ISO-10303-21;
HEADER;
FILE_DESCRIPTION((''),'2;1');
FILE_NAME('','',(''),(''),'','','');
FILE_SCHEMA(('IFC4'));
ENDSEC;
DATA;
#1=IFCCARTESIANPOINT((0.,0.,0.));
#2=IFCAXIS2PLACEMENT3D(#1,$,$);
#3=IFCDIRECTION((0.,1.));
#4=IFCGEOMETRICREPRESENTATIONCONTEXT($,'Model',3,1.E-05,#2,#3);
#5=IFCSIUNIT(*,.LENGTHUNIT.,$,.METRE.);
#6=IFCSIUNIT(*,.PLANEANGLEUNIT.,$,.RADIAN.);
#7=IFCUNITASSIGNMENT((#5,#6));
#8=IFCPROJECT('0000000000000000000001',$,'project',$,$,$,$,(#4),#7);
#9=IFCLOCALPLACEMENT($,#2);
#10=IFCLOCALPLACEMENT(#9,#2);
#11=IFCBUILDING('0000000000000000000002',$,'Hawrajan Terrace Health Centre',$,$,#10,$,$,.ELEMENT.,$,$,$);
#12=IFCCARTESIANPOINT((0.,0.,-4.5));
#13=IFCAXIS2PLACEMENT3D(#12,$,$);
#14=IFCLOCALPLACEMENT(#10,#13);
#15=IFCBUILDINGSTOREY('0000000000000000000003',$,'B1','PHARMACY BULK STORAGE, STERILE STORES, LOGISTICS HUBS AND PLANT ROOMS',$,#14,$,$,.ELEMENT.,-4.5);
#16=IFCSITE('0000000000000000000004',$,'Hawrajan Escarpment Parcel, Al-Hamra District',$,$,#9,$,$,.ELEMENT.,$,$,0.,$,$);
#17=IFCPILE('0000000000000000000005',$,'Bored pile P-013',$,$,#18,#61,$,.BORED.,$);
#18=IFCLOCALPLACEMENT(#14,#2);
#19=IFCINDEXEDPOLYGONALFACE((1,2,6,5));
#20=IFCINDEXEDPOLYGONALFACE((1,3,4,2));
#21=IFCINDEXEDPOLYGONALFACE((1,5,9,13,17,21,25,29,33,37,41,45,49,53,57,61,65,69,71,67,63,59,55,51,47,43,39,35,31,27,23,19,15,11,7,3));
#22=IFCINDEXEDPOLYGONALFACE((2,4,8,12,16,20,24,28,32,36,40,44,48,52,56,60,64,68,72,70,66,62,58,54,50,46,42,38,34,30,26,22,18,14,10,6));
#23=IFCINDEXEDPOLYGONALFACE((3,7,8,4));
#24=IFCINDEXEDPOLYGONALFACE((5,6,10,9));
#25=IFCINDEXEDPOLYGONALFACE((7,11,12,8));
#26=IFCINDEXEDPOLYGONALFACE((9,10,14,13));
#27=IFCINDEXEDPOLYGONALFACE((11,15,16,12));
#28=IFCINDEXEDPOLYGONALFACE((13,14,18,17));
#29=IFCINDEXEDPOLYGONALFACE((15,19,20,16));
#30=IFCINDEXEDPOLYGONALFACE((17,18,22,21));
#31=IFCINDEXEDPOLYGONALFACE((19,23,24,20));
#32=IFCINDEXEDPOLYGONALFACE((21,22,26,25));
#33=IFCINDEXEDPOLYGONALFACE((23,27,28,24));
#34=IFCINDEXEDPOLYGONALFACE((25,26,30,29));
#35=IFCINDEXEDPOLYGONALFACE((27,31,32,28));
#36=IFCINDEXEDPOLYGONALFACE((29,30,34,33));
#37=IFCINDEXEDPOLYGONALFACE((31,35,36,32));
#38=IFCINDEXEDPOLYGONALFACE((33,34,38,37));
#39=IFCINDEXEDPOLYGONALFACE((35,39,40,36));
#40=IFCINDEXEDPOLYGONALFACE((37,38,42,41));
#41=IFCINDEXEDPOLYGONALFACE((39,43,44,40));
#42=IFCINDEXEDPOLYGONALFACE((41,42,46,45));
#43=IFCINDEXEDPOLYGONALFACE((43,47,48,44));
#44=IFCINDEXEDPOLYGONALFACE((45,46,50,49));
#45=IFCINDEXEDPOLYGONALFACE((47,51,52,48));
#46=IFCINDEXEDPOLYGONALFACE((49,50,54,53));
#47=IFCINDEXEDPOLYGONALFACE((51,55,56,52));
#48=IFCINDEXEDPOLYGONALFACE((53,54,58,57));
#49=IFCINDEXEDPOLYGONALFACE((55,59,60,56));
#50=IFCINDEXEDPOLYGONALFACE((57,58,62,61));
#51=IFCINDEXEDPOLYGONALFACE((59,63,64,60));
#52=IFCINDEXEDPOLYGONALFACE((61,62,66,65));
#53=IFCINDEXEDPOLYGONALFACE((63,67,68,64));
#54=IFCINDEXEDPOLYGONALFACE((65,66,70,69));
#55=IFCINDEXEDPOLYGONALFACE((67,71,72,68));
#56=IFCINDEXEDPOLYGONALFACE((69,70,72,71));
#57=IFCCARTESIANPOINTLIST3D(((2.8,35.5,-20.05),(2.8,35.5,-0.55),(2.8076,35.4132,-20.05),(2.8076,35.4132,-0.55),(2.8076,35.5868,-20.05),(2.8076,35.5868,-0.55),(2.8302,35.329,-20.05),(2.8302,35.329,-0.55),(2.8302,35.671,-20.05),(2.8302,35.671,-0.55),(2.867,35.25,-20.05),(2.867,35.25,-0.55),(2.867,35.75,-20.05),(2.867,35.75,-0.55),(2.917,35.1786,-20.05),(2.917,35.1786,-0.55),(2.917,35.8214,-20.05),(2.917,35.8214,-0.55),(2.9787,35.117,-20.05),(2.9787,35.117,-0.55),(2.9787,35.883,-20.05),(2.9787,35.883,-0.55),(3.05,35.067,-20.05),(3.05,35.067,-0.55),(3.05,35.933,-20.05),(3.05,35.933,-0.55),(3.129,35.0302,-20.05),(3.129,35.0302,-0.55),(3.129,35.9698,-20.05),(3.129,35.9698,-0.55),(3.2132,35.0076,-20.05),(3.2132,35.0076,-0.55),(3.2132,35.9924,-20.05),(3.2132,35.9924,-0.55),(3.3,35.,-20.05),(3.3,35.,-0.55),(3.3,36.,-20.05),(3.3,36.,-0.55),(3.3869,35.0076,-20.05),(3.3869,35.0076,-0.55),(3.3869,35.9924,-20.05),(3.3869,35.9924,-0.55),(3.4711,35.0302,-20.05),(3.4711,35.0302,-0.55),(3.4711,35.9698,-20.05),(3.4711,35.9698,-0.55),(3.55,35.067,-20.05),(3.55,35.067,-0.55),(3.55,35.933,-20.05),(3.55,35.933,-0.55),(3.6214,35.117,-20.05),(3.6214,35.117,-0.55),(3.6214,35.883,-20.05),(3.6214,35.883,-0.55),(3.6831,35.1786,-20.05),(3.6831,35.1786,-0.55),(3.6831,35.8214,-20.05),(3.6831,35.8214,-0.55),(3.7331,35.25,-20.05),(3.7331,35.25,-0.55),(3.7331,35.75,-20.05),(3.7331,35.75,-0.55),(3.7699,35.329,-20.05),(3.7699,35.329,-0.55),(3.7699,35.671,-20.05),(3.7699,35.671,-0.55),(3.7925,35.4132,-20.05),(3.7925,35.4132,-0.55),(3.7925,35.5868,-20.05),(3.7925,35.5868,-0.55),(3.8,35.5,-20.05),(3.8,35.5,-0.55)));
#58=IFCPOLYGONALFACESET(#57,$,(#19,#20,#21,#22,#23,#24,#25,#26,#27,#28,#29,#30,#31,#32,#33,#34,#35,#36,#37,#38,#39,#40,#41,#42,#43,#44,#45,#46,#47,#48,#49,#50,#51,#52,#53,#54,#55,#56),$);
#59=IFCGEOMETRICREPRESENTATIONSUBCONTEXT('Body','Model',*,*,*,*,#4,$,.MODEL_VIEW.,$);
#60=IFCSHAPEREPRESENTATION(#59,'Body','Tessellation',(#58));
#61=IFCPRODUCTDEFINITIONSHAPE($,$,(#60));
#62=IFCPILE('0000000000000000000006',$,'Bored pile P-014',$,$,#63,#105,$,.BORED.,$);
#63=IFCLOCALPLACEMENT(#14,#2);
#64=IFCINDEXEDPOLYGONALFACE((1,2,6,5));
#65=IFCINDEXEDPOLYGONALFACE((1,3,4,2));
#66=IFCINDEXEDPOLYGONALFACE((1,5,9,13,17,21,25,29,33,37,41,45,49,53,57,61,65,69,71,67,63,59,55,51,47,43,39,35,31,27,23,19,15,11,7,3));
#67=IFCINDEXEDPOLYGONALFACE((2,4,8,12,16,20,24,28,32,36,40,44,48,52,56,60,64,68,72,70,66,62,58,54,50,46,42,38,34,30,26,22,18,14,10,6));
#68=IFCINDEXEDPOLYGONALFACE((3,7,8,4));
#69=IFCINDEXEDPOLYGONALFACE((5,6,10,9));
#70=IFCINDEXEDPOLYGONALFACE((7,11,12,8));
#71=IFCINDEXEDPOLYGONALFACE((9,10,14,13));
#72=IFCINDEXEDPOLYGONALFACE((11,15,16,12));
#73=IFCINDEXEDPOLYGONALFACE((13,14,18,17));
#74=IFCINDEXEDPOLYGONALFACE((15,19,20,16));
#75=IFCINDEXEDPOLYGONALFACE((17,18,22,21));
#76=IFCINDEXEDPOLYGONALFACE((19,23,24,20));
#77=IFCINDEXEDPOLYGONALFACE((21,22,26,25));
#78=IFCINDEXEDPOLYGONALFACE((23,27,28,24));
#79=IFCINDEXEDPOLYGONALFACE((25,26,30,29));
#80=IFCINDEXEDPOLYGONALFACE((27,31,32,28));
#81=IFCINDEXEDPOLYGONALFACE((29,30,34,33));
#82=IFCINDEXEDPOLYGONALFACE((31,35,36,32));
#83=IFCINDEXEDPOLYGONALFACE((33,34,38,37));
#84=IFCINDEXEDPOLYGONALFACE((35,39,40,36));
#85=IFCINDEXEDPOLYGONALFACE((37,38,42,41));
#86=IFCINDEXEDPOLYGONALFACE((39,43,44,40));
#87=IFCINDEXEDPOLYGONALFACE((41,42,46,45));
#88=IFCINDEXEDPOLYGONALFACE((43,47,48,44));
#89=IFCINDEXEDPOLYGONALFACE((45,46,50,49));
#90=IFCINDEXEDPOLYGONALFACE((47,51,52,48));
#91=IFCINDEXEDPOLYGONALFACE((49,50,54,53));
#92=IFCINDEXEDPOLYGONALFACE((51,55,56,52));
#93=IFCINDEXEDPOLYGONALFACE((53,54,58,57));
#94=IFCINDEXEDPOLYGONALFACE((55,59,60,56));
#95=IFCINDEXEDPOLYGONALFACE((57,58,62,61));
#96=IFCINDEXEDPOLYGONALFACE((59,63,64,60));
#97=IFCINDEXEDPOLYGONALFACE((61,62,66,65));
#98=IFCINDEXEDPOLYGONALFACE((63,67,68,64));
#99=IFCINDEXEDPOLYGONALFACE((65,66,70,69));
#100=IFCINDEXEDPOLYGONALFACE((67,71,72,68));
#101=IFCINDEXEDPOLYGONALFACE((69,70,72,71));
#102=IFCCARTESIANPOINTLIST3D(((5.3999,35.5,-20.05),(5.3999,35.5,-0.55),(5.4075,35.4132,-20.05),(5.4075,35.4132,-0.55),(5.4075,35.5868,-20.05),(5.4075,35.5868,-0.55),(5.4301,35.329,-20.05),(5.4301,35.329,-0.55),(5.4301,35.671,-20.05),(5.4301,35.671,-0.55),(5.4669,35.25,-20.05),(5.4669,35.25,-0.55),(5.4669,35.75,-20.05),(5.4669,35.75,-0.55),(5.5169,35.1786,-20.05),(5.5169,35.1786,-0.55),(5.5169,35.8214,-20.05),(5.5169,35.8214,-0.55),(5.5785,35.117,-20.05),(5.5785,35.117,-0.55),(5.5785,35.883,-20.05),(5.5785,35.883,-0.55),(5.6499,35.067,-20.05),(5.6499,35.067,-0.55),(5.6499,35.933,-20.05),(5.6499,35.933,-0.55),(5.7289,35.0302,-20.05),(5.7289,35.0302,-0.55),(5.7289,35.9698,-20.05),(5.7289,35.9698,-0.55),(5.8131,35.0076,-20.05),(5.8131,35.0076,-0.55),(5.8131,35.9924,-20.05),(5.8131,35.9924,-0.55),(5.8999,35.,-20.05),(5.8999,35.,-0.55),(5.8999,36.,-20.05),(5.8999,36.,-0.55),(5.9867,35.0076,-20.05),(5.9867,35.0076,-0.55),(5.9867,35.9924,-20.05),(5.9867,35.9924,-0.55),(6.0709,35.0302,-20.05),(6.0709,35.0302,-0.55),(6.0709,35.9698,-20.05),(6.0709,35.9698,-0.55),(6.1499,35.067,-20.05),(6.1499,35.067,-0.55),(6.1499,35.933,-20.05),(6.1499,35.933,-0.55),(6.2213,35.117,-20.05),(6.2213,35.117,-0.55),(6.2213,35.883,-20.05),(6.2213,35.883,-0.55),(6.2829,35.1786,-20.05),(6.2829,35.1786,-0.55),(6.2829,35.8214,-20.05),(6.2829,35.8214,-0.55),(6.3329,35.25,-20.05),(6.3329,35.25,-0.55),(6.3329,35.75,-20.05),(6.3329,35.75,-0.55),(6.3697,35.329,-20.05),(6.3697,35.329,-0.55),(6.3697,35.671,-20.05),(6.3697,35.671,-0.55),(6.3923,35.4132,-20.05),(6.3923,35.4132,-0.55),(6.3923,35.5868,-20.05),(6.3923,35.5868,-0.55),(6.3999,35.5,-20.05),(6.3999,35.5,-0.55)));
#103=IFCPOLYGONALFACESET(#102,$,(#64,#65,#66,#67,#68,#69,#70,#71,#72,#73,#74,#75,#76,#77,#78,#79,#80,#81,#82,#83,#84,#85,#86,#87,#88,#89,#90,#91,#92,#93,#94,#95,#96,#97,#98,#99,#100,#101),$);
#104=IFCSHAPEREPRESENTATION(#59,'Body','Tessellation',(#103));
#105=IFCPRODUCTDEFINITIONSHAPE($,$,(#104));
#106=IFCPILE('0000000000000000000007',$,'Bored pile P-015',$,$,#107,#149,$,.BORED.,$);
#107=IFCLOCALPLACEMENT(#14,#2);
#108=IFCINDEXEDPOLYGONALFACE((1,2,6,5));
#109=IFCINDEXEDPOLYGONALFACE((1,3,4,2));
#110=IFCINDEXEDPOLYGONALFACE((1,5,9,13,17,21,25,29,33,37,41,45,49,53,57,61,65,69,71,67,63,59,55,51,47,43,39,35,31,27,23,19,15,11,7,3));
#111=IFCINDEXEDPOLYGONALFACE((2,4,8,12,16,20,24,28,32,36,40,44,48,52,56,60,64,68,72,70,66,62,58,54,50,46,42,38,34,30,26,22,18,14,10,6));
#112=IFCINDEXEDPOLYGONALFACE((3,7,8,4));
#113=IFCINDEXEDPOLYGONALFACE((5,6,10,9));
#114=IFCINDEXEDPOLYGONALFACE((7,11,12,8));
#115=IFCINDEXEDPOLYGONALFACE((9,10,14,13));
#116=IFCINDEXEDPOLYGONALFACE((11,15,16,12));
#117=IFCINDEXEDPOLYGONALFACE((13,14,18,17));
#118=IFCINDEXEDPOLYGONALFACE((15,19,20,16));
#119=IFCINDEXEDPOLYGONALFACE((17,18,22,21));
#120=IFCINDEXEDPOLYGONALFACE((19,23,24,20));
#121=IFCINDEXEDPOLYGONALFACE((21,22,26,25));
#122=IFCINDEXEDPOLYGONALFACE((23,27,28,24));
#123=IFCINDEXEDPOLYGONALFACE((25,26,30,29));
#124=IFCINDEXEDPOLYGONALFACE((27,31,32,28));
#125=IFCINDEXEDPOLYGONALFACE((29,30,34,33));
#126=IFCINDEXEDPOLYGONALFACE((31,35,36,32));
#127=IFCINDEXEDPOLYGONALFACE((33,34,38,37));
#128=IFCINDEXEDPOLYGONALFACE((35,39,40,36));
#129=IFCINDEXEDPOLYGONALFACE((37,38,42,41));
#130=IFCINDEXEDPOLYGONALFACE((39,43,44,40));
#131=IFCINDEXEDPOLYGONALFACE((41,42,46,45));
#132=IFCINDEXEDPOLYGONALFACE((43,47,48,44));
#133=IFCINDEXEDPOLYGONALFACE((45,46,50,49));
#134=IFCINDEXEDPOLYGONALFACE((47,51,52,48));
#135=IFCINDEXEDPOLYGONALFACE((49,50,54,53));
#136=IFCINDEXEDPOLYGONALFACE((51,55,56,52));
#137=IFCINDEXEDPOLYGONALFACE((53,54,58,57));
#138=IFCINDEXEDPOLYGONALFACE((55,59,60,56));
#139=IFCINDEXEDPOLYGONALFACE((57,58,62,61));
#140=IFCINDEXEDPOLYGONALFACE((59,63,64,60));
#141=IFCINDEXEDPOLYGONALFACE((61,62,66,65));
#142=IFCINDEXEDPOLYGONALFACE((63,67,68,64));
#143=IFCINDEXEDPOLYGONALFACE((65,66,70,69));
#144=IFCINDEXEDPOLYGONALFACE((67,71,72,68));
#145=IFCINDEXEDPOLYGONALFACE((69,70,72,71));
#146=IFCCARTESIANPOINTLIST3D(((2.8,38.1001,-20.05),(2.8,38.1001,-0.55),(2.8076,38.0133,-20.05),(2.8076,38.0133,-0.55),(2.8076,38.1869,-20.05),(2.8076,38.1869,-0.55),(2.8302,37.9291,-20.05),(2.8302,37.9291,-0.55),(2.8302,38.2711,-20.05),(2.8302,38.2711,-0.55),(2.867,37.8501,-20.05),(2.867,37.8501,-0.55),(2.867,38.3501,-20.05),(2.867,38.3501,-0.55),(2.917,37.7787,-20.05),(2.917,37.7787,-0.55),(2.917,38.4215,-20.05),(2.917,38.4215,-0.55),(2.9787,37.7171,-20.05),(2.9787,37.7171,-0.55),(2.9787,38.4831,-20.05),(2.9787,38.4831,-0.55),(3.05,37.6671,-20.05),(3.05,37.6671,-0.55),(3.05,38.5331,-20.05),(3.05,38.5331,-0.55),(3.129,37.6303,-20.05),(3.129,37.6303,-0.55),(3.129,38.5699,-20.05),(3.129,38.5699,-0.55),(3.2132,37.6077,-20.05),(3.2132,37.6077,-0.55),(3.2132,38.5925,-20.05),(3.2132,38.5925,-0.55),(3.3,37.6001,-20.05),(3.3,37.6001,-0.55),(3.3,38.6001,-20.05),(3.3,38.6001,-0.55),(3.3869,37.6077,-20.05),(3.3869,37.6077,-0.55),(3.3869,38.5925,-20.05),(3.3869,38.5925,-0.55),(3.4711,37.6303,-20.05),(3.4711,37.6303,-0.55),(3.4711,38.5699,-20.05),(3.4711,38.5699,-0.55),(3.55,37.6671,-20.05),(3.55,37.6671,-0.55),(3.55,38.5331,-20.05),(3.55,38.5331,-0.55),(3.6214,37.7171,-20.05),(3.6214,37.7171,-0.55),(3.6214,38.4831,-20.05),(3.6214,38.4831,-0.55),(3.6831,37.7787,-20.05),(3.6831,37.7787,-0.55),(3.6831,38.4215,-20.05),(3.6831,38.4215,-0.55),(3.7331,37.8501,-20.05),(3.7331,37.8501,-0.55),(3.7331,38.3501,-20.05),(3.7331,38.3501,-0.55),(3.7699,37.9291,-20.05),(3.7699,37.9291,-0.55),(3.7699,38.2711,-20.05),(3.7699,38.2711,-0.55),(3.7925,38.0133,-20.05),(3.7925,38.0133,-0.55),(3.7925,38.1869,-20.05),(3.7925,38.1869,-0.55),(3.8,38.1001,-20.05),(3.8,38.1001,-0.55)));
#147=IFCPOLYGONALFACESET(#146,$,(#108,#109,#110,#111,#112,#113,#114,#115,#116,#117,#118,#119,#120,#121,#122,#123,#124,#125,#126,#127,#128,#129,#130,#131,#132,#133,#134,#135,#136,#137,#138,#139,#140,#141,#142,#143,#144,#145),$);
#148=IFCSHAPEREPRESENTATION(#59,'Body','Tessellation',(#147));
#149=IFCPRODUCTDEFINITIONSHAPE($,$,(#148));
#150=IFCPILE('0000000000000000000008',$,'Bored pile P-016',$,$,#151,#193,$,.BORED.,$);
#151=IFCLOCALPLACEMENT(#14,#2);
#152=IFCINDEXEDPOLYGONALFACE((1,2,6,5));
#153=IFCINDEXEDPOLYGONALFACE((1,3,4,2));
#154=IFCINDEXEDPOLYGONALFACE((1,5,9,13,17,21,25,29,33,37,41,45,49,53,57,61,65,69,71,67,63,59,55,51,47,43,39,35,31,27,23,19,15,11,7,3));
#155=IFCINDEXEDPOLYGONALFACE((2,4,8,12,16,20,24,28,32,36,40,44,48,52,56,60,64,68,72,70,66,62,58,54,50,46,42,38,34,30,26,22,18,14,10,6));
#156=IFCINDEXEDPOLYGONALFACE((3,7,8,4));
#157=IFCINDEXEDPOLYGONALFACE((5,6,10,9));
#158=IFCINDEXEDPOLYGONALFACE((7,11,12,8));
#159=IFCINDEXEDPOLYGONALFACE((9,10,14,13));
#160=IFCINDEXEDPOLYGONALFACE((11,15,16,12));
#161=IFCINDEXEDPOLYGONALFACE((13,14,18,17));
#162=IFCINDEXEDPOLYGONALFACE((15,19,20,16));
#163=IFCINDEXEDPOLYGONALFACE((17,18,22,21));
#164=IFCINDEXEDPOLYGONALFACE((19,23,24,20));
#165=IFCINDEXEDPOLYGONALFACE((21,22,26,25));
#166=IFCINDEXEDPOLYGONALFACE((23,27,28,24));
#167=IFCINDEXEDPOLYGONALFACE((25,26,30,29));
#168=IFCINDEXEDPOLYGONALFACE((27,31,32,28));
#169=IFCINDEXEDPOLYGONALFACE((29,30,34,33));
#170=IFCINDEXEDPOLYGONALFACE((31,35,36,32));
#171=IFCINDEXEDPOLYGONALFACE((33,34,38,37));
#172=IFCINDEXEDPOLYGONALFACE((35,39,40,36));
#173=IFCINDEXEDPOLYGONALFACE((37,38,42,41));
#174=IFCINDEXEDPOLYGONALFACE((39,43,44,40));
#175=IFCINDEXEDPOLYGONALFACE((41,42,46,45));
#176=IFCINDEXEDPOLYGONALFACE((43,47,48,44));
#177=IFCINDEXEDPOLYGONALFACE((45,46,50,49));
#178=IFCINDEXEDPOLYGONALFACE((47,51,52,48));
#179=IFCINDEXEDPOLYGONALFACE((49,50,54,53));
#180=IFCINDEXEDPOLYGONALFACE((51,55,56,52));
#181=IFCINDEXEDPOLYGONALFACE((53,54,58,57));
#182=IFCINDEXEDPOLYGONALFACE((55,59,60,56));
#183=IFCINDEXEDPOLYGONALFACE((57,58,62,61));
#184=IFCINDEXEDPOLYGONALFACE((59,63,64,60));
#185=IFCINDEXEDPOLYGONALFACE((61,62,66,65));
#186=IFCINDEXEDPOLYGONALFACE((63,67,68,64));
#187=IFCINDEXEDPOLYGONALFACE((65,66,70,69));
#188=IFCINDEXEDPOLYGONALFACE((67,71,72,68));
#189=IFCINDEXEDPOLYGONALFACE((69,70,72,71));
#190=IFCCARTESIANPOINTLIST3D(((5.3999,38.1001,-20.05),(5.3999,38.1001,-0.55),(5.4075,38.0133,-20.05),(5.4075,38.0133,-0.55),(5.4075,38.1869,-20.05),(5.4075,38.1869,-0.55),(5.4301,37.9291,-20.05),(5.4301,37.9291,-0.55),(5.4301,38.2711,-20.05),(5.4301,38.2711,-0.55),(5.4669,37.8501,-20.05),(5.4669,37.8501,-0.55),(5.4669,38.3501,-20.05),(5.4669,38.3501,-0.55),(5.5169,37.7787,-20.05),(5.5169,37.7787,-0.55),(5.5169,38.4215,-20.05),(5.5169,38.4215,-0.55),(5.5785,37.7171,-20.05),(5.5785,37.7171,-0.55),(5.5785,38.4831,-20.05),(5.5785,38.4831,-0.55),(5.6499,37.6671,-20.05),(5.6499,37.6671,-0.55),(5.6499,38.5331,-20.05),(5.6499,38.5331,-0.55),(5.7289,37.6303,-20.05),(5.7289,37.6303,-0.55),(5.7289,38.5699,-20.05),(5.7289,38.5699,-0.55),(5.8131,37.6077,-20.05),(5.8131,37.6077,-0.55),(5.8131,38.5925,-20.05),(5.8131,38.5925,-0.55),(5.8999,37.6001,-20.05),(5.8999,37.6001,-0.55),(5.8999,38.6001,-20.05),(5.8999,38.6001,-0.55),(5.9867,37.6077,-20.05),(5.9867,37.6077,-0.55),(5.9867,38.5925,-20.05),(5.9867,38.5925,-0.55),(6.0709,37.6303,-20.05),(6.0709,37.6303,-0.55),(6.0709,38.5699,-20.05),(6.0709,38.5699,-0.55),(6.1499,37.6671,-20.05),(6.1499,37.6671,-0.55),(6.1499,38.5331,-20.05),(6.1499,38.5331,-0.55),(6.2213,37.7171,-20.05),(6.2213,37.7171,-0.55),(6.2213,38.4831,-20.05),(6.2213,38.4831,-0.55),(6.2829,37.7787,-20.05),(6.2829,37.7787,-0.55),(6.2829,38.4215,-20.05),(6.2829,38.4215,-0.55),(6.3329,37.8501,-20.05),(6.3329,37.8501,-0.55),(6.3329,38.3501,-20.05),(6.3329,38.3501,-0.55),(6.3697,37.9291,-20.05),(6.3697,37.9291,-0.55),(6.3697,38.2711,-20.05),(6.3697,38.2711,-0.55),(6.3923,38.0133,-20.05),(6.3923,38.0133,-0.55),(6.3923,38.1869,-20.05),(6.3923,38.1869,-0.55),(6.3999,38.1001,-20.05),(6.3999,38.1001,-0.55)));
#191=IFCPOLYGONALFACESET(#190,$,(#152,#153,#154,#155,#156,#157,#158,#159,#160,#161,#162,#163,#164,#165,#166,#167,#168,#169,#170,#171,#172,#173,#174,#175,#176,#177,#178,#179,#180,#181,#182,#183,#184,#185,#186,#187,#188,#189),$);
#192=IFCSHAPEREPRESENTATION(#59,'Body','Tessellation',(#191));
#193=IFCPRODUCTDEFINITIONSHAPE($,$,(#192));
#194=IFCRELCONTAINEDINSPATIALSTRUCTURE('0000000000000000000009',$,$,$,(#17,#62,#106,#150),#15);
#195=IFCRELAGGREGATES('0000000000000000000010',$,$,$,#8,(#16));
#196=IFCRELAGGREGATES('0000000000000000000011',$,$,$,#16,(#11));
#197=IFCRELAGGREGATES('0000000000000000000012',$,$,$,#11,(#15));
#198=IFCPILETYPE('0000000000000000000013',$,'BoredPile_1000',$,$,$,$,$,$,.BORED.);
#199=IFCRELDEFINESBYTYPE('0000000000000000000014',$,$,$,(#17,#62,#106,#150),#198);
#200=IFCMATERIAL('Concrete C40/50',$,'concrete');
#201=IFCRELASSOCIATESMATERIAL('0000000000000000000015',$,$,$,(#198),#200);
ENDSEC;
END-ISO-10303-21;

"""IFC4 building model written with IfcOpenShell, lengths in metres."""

from ifc_helpers import new_model, si_unit, direction, frame, origin, origin_2d, place, context, subcontext, project, spatial, circle, extrude, material, material_profile, profile_set, type_object, element, save


model = new_model("IFC4")

# Units and contexts
model_context = context("Model", 3, precision=1e-05, world=origin(), true_north=direction((0.0, 1.0)))
body_context = subcontext(model_context, "Body", "Model", "MODEL_VIEW")
ifc_project = project(units=[si_unit("LENGTHUNIT", "METRE"), si_unit("PLANEANGLEUNIT", "RADIAN")], contexts=[model_context])

# Site, building, storey
site_placement = place(None, origin())
site = spatial("IfcSite", under=ifc_project, at=site_placement, Name="Hawrajan Escarpment Parcel, Al-Hamra District", CompositionType="ELEMENT", RefElevation=0.0)
building_placement = place(site_placement, origin())
building = spatial("IfcBuilding", under=site, at=building_placement, Name="Hawrajan Terrace Health Centre", CompositionType="ELEMENT")
storey_placement = place(building_placement, frame((0.0, 0.0, -4.5)))
storey = spatial("IfcBuildingStorey", under=building, at=storey_placement, Name="B1", Description="PHARMACY BULK STORAGE, STERILE STORES, LOGISTICS HUBS AND PLANT ROOMS", CompositionType="ELEMENT", Elevation=-4.5)

# Piles
ifc_material_1 = material(Name="Concrete C40/50", Category="concrete")
ifc_material_profile_1 = material_profile(ifc_material_1, circle(Radius=0.5, at=origin_2d()), Name="BP 1000")
ifc_profile_set_1 = profile_set([ifc_material_profile_1], Name="Concrete C40/50")
pile_type_1 = type_object("IfcPileType", Name="BoredPile_1000", PredefinedType="BORED", material=ifc_profile_set_1)
for number, where, z_axis, x_axis, name in (
    (1, (3.3, 35.5, -0.55), (0.0, 0.0, -1.0), (1.0, 0.0, 0.0), "Bored pile P-013"),
    (2, (5.8999, 35.5, -0.55), (0.0, 0.0, -1.0), (1.0, 0.0, 0.0), "Bored pile P-014"),
    (3, (3.3, 38.1001, -0.55), (0.0, 0.0, -1.0), (1.0, 0.0, 0.0), "Bored pile P-015"),
    (4, (5.8999, 38.1001, -0.55), (0.0, 0.0, -1.0), (1.0, 0.0, 0.0), "Bored pile P-016"),
):
    element("IfcPile", number, at=place(storey_placement, frame(where, z_axis=z_axis, x_axis=x_axis)), inside=storey, type_object=pile_type_1, Name=name, PredefinedType="BORED", context=body_context, shape_type="SweptSolid", body=[
        extrude(circle(Radius=0.5, at=origin_2d()), origin(), (0.0, 0.0, 1.0), 19.5),
    ])

save(model, "model.ifc")
